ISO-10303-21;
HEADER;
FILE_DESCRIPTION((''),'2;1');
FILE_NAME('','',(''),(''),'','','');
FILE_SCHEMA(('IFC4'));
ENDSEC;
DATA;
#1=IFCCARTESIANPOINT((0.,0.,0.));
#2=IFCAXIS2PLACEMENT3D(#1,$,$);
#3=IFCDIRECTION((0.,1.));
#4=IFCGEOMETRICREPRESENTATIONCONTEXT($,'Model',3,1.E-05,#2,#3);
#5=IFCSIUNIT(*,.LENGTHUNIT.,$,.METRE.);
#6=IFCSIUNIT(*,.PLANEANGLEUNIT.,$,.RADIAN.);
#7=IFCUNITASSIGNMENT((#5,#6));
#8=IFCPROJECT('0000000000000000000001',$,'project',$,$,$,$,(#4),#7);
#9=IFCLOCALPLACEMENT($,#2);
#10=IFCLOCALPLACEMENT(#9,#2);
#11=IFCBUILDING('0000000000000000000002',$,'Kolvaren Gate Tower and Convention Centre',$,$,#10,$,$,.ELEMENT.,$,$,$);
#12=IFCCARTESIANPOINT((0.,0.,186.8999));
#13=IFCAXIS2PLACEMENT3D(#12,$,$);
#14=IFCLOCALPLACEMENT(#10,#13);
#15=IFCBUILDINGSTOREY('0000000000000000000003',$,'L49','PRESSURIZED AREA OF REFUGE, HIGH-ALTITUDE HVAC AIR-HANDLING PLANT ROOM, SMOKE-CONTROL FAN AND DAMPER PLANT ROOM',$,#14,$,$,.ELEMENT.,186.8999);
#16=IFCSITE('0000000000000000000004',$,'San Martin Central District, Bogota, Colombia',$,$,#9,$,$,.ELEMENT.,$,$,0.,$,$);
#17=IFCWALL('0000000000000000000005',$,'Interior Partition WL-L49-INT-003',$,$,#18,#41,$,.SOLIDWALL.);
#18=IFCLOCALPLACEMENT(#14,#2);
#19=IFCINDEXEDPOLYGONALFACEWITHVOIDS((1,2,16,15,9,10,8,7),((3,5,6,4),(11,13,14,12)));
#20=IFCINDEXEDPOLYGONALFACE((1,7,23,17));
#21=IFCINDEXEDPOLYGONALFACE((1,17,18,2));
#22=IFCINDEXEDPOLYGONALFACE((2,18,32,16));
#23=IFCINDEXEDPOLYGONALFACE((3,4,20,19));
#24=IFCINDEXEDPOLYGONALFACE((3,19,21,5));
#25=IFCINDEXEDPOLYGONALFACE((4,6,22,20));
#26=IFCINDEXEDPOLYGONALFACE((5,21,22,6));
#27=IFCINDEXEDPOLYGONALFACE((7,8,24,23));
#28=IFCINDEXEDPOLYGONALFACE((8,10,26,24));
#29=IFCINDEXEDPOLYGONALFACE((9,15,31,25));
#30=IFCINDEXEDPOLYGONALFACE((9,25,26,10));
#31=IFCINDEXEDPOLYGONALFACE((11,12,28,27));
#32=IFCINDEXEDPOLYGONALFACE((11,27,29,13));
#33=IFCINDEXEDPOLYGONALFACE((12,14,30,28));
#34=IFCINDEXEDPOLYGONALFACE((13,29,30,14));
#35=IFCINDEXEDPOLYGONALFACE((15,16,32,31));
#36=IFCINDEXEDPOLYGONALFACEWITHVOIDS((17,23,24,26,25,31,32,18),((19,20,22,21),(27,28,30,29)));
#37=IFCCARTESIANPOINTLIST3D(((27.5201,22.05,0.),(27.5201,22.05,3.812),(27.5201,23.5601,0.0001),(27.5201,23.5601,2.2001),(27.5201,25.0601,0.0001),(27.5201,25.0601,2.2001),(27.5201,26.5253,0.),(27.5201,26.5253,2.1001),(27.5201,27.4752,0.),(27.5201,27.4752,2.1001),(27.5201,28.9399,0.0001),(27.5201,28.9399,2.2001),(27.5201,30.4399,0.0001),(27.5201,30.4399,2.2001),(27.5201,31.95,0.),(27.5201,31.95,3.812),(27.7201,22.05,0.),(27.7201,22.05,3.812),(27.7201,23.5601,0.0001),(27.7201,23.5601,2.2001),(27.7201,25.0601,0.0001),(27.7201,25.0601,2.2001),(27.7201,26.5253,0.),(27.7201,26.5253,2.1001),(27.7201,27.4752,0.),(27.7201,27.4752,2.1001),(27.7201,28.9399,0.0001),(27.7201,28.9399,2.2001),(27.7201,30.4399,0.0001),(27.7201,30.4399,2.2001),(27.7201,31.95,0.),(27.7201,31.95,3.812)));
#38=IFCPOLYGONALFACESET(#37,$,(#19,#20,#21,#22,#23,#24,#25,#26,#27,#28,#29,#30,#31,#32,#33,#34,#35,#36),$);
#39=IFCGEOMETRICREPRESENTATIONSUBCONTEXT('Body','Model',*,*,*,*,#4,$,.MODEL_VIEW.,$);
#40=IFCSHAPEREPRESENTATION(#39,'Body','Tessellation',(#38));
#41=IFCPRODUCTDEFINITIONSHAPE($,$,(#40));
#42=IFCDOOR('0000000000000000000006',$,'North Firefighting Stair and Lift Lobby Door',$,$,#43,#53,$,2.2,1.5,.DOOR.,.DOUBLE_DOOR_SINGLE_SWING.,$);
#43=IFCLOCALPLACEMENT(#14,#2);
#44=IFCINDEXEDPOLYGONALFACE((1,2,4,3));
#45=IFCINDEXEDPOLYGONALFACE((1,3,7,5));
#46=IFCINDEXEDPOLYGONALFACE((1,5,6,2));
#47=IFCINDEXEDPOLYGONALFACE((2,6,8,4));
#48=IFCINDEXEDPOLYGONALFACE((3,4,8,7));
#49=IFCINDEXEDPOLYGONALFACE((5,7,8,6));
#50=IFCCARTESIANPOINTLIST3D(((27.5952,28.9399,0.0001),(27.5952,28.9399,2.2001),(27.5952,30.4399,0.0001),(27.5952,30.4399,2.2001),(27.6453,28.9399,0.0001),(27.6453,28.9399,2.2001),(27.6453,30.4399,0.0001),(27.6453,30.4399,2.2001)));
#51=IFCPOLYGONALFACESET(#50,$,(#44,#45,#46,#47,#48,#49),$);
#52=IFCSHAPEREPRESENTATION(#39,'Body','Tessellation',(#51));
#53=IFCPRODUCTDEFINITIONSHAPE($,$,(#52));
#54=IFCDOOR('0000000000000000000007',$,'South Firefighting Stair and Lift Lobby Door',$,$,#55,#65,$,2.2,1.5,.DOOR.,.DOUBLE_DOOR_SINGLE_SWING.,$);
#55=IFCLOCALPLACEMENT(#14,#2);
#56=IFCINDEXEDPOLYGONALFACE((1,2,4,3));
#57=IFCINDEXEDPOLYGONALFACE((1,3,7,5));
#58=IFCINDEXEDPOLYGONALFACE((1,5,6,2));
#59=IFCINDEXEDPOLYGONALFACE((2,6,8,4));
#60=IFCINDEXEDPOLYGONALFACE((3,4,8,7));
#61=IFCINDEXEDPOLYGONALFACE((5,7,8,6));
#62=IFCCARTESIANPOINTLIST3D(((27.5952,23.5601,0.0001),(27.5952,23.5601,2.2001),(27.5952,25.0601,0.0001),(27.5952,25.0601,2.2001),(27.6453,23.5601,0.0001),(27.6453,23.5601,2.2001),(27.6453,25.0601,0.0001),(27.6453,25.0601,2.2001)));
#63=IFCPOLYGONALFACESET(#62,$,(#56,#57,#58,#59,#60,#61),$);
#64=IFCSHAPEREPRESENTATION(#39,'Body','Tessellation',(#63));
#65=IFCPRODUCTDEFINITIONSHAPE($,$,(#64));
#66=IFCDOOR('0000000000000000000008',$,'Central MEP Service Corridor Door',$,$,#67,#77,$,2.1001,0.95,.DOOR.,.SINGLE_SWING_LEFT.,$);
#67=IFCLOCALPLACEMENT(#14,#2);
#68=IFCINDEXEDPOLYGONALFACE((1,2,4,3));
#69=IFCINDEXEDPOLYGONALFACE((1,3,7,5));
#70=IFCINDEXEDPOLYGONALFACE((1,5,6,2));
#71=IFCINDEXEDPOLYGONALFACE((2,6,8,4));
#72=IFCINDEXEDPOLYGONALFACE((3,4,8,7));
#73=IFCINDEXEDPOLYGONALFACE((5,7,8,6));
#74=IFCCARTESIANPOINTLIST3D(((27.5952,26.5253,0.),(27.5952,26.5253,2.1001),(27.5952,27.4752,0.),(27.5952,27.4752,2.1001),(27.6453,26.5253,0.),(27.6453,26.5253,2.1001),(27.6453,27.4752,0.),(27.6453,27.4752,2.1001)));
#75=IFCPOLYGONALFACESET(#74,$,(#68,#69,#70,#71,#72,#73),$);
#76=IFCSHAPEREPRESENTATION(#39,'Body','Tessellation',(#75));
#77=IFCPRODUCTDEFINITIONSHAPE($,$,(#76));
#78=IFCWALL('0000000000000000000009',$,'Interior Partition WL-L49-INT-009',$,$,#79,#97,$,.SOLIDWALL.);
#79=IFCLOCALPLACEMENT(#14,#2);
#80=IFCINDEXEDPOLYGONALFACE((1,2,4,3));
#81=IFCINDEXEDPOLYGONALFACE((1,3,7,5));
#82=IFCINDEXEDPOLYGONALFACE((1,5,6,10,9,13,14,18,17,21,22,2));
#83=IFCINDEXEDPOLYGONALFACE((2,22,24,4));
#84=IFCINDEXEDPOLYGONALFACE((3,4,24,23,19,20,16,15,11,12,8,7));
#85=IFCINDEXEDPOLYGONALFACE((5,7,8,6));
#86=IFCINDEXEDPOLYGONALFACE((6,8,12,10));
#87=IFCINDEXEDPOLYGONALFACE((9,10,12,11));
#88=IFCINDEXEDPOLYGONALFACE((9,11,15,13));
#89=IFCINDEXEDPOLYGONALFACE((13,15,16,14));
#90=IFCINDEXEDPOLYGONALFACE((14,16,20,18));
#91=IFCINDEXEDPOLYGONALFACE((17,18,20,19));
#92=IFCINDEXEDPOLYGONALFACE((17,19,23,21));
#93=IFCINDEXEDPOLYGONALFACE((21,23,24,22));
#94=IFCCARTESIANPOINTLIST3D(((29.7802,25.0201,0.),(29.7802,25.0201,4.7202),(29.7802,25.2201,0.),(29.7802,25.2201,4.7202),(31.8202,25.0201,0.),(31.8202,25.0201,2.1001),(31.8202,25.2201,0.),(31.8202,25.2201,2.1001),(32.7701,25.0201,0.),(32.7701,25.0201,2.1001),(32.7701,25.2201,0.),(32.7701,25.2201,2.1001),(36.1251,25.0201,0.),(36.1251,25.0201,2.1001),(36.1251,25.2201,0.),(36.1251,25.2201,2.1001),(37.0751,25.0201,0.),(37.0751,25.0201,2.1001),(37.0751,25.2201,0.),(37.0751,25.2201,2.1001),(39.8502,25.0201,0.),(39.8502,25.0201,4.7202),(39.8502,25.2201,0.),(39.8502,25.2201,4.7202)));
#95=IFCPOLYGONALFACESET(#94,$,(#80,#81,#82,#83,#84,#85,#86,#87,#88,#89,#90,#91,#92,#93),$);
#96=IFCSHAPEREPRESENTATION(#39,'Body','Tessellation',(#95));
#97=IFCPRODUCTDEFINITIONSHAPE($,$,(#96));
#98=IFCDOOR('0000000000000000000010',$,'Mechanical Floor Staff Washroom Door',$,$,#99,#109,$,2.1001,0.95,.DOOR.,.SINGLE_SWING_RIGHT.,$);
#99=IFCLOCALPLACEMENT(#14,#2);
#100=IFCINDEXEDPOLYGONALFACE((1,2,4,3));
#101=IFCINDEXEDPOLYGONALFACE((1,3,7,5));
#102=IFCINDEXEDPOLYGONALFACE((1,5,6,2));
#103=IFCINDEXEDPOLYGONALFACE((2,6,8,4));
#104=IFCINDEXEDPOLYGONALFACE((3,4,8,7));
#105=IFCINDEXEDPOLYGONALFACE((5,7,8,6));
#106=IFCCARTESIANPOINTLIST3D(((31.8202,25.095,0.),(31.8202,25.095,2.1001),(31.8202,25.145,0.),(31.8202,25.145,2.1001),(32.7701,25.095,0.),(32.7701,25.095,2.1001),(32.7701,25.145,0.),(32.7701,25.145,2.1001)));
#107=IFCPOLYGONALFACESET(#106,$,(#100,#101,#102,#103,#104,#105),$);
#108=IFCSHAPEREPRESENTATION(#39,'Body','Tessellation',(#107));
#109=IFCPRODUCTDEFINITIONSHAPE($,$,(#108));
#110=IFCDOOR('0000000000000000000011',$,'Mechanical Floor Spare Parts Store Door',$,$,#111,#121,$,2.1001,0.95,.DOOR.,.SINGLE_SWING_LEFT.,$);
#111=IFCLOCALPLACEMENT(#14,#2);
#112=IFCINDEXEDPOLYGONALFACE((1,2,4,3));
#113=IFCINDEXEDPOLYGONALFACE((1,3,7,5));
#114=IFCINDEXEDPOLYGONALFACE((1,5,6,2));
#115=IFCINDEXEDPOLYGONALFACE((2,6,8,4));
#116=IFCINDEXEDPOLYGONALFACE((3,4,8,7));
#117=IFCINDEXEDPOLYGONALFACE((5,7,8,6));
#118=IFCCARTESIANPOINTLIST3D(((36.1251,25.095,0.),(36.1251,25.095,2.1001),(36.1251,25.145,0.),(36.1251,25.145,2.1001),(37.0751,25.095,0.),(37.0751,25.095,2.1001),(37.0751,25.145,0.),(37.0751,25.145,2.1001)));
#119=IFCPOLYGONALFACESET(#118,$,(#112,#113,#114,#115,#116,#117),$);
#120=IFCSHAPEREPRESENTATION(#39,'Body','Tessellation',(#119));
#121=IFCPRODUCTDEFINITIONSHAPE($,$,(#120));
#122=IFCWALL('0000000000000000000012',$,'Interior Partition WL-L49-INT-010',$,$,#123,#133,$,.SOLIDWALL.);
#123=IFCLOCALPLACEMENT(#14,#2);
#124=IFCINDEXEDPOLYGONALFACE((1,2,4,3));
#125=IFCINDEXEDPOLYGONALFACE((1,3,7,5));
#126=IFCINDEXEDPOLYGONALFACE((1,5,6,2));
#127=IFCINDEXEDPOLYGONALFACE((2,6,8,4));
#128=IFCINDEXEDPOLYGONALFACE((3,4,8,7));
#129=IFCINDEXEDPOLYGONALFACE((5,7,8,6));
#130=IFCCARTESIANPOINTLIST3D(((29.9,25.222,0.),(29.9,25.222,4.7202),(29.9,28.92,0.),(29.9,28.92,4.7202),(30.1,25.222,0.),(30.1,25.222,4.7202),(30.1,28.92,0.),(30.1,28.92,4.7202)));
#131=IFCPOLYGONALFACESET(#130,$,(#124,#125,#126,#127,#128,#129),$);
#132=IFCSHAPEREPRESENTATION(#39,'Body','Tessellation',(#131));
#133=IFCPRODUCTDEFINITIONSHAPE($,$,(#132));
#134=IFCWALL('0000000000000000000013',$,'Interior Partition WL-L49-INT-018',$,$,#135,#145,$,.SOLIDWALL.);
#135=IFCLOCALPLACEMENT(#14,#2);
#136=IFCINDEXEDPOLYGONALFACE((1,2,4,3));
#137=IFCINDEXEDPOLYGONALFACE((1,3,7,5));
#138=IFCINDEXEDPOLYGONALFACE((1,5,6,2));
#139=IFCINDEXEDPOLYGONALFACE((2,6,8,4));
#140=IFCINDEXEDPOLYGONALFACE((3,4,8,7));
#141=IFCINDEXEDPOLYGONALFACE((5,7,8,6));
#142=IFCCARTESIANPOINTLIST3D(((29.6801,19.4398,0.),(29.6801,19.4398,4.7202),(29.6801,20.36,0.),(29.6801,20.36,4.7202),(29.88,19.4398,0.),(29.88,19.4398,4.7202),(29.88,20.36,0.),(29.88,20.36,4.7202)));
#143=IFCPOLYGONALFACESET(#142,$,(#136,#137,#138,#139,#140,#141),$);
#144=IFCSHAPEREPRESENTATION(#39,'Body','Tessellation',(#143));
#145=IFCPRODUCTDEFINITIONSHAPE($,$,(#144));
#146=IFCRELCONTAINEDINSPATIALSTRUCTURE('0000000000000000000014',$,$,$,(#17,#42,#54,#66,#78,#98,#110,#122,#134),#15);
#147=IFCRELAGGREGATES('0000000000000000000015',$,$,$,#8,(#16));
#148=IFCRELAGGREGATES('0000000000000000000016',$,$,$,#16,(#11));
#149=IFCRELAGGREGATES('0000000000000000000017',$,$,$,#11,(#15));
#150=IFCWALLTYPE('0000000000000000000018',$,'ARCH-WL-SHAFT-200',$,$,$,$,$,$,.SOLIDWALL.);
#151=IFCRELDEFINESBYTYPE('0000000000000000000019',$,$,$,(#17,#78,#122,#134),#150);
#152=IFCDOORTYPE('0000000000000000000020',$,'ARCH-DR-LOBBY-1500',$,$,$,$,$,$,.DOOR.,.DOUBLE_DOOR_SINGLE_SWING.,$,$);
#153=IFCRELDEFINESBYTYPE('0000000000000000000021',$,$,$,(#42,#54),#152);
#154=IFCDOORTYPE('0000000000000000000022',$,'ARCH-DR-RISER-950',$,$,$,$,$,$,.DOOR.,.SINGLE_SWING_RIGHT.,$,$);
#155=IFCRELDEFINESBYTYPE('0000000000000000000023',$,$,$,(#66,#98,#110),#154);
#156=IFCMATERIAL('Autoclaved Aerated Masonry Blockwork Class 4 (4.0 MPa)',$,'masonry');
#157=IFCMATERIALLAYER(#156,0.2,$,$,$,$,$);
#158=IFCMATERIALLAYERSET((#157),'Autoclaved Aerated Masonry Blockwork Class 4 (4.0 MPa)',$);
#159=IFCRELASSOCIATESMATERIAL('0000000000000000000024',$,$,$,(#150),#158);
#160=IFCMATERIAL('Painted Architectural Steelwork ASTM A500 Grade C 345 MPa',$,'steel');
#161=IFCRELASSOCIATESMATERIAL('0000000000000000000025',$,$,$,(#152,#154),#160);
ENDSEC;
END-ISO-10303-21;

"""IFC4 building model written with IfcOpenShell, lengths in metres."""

from ifc_helpers import new_model, si_unit, direction, frame, frame_2d, origin, place, context, subcontext, project, spatial, rectangle, extrude, material, layer, layer_set, type_object, element, fill, save


model = new_model("IFC4")

# Units and contexts
model_context = context("Model", 3, precision=1e-05, world=origin(), true_north=direction((0.0, 1.0)))
body_context = subcontext(model_context, "Body", "Model", "MODEL_VIEW")
ifc_project = project(units=[si_unit("LENGTHUNIT", "METRE"), si_unit("PLANEANGLEUNIT", "RADIAN")], contexts=[model_context])

# Site, building, storey
site_placement = place(None, origin())
site = spatial("IfcSite", under=ifc_project, at=site_placement, Name="San Martin Central District, Bogota, Colombia", CompositionType="ELEMENT", RefElevation=0.0)
building_placement = place(site_placement, origin())
building = spatial("IfcBuilding", under=site, at=building_placement, Name="Kolvaren Gate Tower and Convention Centre", CompositionType="ELEMENT")
storey_placement = place(building_placement, frame((0.0, 0.0, 186.8999)))
storey = spatial("IfcBuildingStorey", under=building, at=storey_placement, Name="L49", Description="PRESSURIZED AREA OF REFUGE, HIGH-ALTITUDE HVAC AIR-HANDLING PLANT ROOM, SMOKE-CONTROL FAN AND DAMPER PLANT ROOM", CompositionType="ELEMENT", Elevation=186.8999)

# Shared definitions
ifc_material_1 = material(Name="Autoclaved Aerated Masonry Blockwork Class 4 (4.0 MPa)", Category="masonry")
ifc_layer = layer(ifc_material_1, 0.2)
ifc_layer_set = layer_set([ifc_layer], Name="Autoclaved Aerated Masonry Blockwork Class 4 (4.0 MPa)")
wall_type = type_object("IfcWallType", Name="ARCH-WL-SHAFT-200", PredefinedType="SOLIDWALL", material=ifc_layer_set)

# Walls, openings, doors
wall_1_placement = place(storey_placement, frame((27.6201, 22.05, 0.0), z_axis=(0.0, 0.0, 1.0), x_axis=(0.0, 1.0, 0.0)))
wall_1 = element("IfcWall", 1, at=wall_1_placement, inside=storey, type_object=wall_type, Name="Interior Partition WL-L49-INT-003", PredefinedType="SOLIDWALL", context=body_context, shape_type="SweptSolid", body=[
    extrude(rectangle(XDim=9.8999, YDim=0.2, at=frame_2d((4.95, 0.0))), origin(), (0.0, 0.0, 1.0), 3.812),
])
opening_1_placement = place(wall_1_placement, frame((4.4751, 0.0, 0.0)))
opening_1 = element("IfcOpeningElement", 2, at=opening_1_placement, cuts=wall_1, PredefinedType="OPENING", context=body_context, shape_type="SweptSolid", body=[
    extrude(rectangle(XDim=0.95, YDim=2.1001, at=frame_2d((0.4751, 1.05))), frame((0.0, 0.1099, 0.0), z_axis=(0.0, -1.0, 0.0), x_axis=(1.0, 0.0, 0.0)), (0.0, 0.0, 1.0), 0.22),
])
opening_2_placement = place(wall_1_placement, frame((6.8899, 0.0, 0.0)))
opening_2 = element("IfcOpeningElement", 3, at=opening_2_placement, cuts=wall_1, PredefinedType="OPENING", context=body_context, shape_type="SweptSolid", body=[
    extrude(rectangle(XDim=1.5, YDim=2.2, at=frame_2d((0.75, 1.1001))), frame((0.0, 0.1099, 0.0), z_axis=(0.0, -1.0, 0.0), x_axis=(1.0, 0.0, 0.0)), (0.0, 0.0, 1.0), 0.22),
])
opening_3_placement = place(wall_1_placement, frame((1.51, 0.0, 0.0)))
opening_3 = element("IfcOpeningElement", 4, at=opening_3_placement, cuts=wall_1, PredefinedType="OPENING", context=body_context, shape_type="SweptSolid", body=[
    extrude(rectangle(XDim=1.5, YDim=2.2, at=frame_2d((0.75, 1.1001))), frame((0.0, 0.1099, 0.0), z_axis=(0.0, -1.0, 0.0), x_axis=(1.0, 0.0, 0.0)), (0.0, 0.0, 1.0), 0.22),
])
ifc_material_2 = material(Name="Painted Architectural Steelwork ASTM A500 Grade C 345 MPa", Category="steel")
door_type_1 = type_object("IfcDoorType", Name="ARCH-DR-LOBBY-1500", OperationType="DOUBLE_DOOR_SINGLE_SWING", PredefinedType="DOOR", material=ifc_material_2)
door_1_placement = place(opening_2_placement, origin())
door_1 = element("IfcDoor", 5, at=door_1_placement, inside=storey, type_object=door_type_1, Name="North Firefighting Stair and Lift Lobby Door", OperationType="DOUBLE_DOOR_SINGLE_SWING", OverallHeight=2.2, OverallWidth=1.5, PredefinedType="DOOR", context=body_context, shape_type="SweptSolid", body=[
    extrude(rectangle(XDim=1.5, YDim=2.2, at=frame_2d((0.75, 1.1001))), frame((0.0, 0.0249, 0.0), z_axis=(0.0, -1.0, 0.0), x_axis=(1.0, 0.0, 0.0)), (0.0, 0.0, 1.0), 0.05),
])
fill(opening_2, door_1)
door_2_placement = place(opening_3_placement, origin())
door_2 = element("IfcDoor", 6, at=door_2_placement, inside=storey, type_object=door_type_1, Name="South Firefighting Stair and Lift Lobby Door", OperationType="DOUBLE_DOOR_SINGLE_SWING", OverallHeight=2.2, OverallWidth=1.5, PredefinedType="DOOR", context=body_context, shape_type="SweptSolid", body=[
    extrude(rectangle(XDim=1.5, YDim=2.2, at=frame_2d((0.75, 1.1001))), frame((0.0, 0.0249, 0.0), z_axis=(0.0, -1.0, 0.0), x_axis=(1.0, 0.0, 0.0)), (0.0, 0.0, 1.0), 0.05),
])
fill(opening_3, door_2)
door_type_2 = type_object("IfcDoorType", Name="ARCH-DR-RISER-950", OperationType="SINGLE_SWING_RIGHT", PredefinedType="DOOR", material=ifc_material_2)
door_3_placement = place(opening_1_placement, origin())
door_3 = element("IfcDoor", 7, at=door_3_placement, inside=storey, type_object=door_type_2, Name="Central MEP Service Corridor Door", OperationType="SINGLE_SWING_LEFT", OverallHeight=2.1001, OverallWidth=0.95, PredefinedType="DOOR", context=body_context, shape_type="SweptSolid", body=[
    extrude(rectangle(XDim=0.95, YDim=2.1001, at=frame_2d((0.4751, 1.05))), frame((0.0, 0.0249, 0.0), z_axis=(0.0, -1.0, 0.0), x_axis=(1.0, 0.0, 0.0)), (0.0, 0.0, 1.0), 0.05),
])
fill(opening_1, door_3)
wall_2_placement = place(storey_placement, frame((29.78, 25.1201, 0.0), z_axis=(0.0, 0.0, 1.0), x_axis=(1.0, 0.0, 0.0)))
wall_2 = element("IfcWall", 8, at=wall_2_placement, inside=storey, type_object=wall_type, Name="Interior Partition WL-L49-INT-009", PredefinedType="SOLIDWALL", context=body_context, shape_type="SweptSolid", body=[
    extrude(rectangle(XDim=10.0701, YDim=0.2, at=frame_2d((5.0352, 0.0))), origin(), (0.0, 0.0, 1.0), 4.7202),
])
opening_4_placement = place(wall_2_placement, frame((2.04, 0.0, 0.0)))
opening_4 = element("IfcOpeningElement", 9, at=opening_4_placement, cuts=wall_2, PredefinedType="OPENING", context=body_context, shape_type="SweptSolid", body=[
    extrude(rectangle(XDim=0.95, YDim=2.1001, at=frame_2d((0.4751, 1.05))), frame((0.0, 0.1099, 0.0), z_axis=(0.0, -1.0, 0.0), x_axis=(1.0, 0.0, 0.0)), (0.0, 0.0, 1.0), 0.22),
])
opening_5_placement = place(wall_2_placement, frame((6.345, 0.0, 0.0)))
opening_5 = element("IfcOpeningElement", 10, at=opening_5_placement, cuts=wall_2, PredefinedType="OPENING", context=body_context, shape_type="SweptSolid", body=[
    extrude(rectangle(XDim=0.95, YDim=2.1001, at=frame_2d((0.4751, 1.05))), frame((0.0, 0.1099, 0.0), z_axis=(0.0, -1.0, 0.0), x_axis=(1.0, 0.0, 0.0)), (0.0, 0.0, 1.0), 0.22),
])
door_4_placement = place(opening_4_placement, origin())
door_4 = element("IfcDoor", 11, at=door_4_placement, inside=storey, type_object=door_type_2, Name="Mechanical Floor Staff Washroom Door", OperationType="SINGLE_SWING_RIGHT", OverallHeight=2.1001, OverallWidth=0.95, PredefinedType="DOOR", context=body_context, shape_type="SweptSolid", body=[
    extrude(rectangle(XDim=0.95, YDim=2.1001, at=frame_2d((0.4751, 1.05))), frame((0.0, 0.0249, 0.0), z_axis=(0.0, -1.0, 0.0), x_axis=(1.0, 0.0, 0.0)), (0.0, 0.0, 1.0), 0.05),
])
fill(opening_4, door_4)
door_5_placement = place(opening_5_placement, origin())
door_5 = element("IfcDoor", 12, at=door_5_placement, inside=storey, type_object=door_type_2, Name="Mechanical Floor Spare Parts Store Door", OperationType="SINGLE_SWING_LEFT", OverallHeight=2.1001, OverallWidth=0.95, PredefinedType="DOOR", context=body_context, shape_type="SweptSolid", body=[
    extrude(rectangle(XDim=0.95, YDim=2.1001, at=frame_2d((0.4751, 1.05))), frame((0.0, 0.0249, 0.0), z_axis=(0.0, -1.0, 0.0), x_axis=(1.0, 0.0, 0.0)), (0.0, 0.0, 1.0), 0.05),
])
fill(opening_5, door_5)

# Walls
wall_3_placement = place(storey_placement, frame((30.0, 25.2219, 0.0), z_axis=(0.0, 0.0, 1.0), x_axis=(0.0, 1.0, 0.0)))
element("IfcWall", 13, at=wall_3_placement, inside=storey, type_object=wall_type, Name="Interior Partition WL-L49-INT-010", PredefinedType="SOLIDWALL", context=body_context, shape_type="SweptSolid", body=[
    extrude(rectangle(XDim=3.698, YDim=0.2, at=frame_2d((1.8491, 0.0))), origin(), (0.0, 0.0, 1.0), 4.7202),
])
wall_4_placement = place(storey_placement, frame((29.78, 19.4399, 0.0), z_axis=(0.0, 0.0, 1.0), x_axis=(0.0, 1.0, 0.0)))
element("IfcWall", 14, at=wall_4_placement, inside=storey, type_object=wall_type, Name="Interior Partition WL-L49-INT-018", PredefinedType="SOLIDWALL", context=body_context, shape_type="SweptSolid", body=[
    extrude(rectangle(XDim=0.9202, YDim=0.2, at=frame_2d((0.46, 0.0))), origin(), (0.0, 0.0, 1.0), 4.7202),
])

save(model, "model.ifc")
